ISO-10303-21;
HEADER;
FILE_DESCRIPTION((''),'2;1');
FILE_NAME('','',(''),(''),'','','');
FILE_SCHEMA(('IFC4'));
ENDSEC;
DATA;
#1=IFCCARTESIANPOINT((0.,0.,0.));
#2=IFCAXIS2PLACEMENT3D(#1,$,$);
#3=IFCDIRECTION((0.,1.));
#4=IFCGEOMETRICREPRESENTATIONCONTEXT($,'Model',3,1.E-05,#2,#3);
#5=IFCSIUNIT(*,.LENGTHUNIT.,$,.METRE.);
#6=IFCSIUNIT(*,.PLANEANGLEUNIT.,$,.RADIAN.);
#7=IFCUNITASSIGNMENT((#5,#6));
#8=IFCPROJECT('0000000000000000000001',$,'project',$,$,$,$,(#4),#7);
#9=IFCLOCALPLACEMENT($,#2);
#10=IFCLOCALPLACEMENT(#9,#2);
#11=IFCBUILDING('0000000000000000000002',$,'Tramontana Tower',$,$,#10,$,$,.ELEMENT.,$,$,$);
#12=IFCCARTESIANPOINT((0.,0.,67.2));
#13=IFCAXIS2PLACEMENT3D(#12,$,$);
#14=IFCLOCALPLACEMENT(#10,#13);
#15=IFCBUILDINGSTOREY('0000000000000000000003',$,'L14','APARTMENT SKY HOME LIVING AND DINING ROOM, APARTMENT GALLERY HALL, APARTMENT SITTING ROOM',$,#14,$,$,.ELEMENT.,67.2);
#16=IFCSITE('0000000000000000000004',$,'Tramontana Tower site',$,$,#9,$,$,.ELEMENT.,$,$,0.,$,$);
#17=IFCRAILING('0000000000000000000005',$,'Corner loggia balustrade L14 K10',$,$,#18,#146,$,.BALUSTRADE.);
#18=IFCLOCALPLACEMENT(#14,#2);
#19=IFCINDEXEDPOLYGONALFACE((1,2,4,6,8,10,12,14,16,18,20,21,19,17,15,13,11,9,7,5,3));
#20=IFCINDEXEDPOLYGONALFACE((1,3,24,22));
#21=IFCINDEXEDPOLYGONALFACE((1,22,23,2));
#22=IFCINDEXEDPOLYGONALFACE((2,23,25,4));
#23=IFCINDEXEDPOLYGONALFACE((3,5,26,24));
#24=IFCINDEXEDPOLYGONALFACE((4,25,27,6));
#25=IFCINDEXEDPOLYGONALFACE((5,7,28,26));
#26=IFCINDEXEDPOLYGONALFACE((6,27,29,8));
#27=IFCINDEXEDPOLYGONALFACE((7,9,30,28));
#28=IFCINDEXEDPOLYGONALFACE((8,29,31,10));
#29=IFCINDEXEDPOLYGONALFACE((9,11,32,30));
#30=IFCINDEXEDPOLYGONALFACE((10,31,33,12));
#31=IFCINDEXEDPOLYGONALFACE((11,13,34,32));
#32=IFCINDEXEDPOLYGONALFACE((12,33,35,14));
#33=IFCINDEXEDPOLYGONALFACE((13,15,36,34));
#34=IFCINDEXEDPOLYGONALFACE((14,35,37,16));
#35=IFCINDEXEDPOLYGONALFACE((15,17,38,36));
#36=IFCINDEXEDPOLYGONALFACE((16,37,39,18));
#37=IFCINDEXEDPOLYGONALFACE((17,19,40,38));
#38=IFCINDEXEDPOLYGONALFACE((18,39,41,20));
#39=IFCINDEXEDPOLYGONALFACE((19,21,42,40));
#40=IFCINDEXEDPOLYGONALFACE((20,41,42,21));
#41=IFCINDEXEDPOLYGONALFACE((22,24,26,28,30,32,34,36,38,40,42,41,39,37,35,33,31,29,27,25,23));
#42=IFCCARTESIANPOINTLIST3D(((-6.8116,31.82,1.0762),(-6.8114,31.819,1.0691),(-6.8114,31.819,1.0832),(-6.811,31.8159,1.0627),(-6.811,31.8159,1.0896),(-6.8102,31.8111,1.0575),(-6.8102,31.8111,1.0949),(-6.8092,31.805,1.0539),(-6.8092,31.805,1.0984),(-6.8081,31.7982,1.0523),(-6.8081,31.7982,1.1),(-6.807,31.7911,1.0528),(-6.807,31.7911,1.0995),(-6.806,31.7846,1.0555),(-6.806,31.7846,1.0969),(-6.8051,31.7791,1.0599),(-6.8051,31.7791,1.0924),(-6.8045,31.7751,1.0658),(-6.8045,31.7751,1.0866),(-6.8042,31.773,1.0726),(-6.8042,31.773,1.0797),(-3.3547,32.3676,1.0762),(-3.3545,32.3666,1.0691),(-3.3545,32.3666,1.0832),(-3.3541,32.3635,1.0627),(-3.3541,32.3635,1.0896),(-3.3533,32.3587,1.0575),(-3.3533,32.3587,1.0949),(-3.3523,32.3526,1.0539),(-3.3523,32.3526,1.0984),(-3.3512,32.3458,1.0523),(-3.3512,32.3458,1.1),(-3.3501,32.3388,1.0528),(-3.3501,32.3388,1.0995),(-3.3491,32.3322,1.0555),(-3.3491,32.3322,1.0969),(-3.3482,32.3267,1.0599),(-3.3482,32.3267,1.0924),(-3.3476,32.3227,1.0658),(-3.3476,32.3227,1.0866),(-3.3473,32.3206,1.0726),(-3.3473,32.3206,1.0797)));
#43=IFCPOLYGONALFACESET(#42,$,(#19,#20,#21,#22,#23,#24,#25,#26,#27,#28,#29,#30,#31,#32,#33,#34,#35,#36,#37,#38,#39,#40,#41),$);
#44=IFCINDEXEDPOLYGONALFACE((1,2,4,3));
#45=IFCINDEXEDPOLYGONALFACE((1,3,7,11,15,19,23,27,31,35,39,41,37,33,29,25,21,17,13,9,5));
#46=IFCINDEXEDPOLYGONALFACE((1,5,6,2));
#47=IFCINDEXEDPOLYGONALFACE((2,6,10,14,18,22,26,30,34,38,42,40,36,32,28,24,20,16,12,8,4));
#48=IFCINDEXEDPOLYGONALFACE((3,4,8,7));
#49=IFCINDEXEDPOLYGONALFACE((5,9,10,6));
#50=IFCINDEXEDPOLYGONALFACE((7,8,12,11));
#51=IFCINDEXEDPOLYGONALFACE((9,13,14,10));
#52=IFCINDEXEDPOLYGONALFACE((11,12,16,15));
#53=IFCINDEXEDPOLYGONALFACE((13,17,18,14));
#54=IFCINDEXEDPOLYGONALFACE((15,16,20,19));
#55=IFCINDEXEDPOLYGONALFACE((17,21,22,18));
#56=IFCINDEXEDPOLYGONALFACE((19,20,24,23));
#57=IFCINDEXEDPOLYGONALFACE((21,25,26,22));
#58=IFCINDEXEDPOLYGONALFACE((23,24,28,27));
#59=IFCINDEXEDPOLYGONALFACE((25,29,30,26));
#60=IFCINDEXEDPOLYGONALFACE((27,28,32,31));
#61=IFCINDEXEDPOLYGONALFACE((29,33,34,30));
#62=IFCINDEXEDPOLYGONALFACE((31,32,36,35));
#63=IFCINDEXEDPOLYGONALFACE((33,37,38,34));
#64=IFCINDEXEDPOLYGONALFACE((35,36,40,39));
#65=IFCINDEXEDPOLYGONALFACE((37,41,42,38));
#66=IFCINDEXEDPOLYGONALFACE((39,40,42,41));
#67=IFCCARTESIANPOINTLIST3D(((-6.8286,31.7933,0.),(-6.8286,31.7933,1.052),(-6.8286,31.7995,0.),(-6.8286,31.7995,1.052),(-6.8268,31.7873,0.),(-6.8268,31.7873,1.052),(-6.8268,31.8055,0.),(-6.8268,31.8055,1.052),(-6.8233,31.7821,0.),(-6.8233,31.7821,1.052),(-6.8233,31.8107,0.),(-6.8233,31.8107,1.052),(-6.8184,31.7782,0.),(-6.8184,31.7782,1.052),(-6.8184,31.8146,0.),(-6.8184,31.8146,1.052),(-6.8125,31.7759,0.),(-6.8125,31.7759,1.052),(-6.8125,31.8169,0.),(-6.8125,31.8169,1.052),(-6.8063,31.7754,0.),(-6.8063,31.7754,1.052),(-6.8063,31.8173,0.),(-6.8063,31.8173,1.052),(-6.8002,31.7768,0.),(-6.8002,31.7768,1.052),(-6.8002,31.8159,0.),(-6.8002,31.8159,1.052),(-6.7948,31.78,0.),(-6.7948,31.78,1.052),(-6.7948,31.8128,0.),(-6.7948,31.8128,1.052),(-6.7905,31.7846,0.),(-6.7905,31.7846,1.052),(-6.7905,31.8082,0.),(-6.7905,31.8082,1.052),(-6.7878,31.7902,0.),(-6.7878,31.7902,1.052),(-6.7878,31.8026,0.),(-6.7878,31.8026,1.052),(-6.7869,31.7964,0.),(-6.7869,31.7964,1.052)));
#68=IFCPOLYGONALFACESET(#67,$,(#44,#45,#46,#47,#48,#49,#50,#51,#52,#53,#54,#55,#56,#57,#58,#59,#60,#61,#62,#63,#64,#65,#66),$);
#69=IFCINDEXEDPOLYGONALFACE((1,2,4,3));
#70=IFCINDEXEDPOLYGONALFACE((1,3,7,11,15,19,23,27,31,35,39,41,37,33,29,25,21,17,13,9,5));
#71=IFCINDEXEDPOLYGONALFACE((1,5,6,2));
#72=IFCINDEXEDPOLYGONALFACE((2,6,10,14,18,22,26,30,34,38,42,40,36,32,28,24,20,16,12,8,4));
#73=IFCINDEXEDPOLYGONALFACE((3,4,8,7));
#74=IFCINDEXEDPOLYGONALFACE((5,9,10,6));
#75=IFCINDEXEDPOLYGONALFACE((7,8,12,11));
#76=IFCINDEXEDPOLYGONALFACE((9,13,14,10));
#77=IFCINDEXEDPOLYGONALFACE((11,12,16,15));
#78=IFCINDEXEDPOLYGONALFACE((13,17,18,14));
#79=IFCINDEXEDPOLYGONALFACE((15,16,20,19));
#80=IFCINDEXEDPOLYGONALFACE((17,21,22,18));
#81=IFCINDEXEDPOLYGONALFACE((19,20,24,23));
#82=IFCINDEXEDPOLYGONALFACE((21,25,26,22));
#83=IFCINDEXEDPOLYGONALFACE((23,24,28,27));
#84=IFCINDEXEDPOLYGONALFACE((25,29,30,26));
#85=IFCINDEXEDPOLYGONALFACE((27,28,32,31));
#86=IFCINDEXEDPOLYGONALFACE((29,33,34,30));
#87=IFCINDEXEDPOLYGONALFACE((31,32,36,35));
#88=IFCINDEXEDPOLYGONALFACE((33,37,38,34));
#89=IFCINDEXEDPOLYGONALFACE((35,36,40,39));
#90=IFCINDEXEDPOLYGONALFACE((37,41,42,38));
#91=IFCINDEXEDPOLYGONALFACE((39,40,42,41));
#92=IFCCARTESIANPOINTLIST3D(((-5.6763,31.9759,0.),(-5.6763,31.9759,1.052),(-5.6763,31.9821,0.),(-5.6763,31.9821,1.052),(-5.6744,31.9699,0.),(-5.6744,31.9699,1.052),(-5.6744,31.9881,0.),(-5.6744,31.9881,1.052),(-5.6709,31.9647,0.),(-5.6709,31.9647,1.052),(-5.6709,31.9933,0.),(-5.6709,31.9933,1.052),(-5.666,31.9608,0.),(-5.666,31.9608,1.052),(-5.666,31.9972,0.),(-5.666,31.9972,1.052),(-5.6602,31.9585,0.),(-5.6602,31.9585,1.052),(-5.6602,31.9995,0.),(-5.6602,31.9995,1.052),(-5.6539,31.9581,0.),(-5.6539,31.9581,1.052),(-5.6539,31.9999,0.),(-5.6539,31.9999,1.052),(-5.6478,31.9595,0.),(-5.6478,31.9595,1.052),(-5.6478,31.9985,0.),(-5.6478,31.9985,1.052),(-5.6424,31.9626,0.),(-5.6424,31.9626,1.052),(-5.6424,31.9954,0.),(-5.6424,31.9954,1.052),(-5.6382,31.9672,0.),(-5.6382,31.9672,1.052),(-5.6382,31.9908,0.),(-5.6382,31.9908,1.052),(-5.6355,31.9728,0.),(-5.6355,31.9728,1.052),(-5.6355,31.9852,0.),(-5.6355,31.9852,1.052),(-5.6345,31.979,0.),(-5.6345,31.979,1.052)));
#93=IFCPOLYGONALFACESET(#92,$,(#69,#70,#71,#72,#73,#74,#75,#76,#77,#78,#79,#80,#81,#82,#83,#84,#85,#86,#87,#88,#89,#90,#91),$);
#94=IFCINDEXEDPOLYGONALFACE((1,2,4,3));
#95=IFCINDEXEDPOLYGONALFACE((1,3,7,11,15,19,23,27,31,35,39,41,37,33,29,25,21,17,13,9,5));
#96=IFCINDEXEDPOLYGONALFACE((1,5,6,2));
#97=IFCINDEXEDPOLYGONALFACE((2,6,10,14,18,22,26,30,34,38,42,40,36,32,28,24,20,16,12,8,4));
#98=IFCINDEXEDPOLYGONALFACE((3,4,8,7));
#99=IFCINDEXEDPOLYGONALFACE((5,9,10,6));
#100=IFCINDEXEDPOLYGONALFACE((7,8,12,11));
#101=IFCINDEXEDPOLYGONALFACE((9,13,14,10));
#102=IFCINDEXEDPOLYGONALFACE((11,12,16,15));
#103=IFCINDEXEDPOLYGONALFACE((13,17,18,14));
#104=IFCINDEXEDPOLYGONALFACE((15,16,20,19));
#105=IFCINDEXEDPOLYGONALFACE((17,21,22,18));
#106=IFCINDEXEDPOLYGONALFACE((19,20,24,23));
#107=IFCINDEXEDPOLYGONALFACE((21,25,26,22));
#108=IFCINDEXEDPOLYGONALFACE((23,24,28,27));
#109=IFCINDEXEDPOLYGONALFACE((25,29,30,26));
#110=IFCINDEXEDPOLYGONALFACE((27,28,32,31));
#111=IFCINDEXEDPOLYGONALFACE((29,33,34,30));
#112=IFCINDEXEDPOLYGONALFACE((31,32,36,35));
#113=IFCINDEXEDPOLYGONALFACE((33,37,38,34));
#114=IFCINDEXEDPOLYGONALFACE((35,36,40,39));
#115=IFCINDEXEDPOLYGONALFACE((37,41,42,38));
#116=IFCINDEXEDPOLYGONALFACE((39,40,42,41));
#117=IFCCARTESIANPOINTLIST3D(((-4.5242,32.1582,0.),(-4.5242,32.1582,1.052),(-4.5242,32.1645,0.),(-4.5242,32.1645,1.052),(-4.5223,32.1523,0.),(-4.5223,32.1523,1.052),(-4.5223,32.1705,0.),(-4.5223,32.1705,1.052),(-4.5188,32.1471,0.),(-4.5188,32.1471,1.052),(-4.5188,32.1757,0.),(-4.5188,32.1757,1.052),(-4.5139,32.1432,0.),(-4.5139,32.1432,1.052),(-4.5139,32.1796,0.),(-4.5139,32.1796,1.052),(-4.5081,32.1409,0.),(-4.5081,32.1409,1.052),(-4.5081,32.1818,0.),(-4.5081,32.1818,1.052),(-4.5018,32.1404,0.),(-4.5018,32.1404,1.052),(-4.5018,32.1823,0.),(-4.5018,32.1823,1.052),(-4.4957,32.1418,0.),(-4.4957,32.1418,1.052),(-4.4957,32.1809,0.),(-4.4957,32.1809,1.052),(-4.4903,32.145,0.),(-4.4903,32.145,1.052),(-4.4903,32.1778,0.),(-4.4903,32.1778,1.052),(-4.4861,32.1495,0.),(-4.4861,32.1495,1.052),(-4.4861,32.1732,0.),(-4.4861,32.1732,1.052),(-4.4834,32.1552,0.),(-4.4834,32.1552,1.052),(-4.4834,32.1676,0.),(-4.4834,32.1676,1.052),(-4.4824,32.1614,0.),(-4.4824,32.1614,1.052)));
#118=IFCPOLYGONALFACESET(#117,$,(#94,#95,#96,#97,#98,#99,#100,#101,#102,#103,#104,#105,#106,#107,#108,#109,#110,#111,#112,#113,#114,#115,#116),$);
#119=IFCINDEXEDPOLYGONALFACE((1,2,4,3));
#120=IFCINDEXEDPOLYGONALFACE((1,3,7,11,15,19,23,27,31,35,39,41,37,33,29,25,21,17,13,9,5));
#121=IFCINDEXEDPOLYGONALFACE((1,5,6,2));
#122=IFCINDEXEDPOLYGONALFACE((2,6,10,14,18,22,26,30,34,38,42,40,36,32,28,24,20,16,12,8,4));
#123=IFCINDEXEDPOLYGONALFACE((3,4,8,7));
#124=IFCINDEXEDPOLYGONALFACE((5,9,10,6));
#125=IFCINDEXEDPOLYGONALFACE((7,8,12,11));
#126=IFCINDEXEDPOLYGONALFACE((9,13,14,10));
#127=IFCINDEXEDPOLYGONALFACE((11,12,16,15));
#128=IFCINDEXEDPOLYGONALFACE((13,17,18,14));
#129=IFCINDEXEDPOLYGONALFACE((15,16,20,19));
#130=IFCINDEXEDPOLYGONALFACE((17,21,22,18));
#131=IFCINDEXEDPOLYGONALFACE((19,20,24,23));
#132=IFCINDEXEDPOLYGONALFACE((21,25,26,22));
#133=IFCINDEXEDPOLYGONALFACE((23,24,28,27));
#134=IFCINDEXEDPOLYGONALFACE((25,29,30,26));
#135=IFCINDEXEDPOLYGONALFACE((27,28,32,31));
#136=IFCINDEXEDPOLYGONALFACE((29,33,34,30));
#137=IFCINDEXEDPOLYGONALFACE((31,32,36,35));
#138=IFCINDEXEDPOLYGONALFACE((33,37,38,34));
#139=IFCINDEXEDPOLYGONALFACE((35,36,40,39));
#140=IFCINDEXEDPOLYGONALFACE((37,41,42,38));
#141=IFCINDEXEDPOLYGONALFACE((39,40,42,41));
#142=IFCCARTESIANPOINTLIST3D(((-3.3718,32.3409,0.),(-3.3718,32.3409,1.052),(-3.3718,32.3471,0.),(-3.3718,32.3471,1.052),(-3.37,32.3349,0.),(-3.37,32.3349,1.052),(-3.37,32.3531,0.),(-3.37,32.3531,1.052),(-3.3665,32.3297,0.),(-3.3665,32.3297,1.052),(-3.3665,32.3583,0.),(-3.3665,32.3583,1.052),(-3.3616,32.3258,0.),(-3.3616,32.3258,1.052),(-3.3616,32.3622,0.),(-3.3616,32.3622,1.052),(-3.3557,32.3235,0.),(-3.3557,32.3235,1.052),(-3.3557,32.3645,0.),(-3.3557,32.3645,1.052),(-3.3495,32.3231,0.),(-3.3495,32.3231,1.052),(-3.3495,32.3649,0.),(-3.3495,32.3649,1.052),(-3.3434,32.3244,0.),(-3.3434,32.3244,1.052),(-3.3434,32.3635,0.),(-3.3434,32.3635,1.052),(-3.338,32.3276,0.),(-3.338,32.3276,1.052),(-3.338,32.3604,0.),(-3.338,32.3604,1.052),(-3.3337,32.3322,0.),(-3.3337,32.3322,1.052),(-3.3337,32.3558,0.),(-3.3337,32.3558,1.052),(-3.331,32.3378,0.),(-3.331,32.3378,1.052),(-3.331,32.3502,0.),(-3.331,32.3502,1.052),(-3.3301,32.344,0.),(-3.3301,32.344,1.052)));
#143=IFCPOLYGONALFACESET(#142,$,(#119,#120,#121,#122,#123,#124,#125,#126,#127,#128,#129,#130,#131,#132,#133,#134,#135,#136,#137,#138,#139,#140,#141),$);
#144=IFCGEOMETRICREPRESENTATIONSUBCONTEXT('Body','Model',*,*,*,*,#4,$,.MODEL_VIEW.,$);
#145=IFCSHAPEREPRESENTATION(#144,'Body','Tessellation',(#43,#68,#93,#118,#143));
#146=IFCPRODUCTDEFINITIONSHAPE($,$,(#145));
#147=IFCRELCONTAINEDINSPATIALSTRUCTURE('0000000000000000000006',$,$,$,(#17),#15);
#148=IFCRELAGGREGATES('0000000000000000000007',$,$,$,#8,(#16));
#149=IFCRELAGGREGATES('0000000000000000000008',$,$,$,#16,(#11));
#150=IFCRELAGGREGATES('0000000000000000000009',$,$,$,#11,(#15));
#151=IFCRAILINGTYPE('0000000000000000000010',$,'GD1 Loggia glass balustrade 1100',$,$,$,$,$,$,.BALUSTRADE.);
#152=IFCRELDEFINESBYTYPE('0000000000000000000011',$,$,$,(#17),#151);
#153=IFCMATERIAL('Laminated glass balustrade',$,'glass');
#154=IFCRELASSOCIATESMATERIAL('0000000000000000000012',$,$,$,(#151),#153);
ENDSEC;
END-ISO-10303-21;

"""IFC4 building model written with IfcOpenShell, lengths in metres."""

from ifc_helpers import new_model, si_unit, direction, frame, origin, origin_2d, place, context, subcontext, project, spatial, circle, extrude, material, type_object, element, save


model = new_model("IFC4")

# Units and contexts
model_context = context("Model", 3, precision=1e-05, world=origin(), true_north=direction((0.0, 1.0)))
body_context = subcontext(model_context, "Body", "Model", "MODEL_VIEW")
ifc_project = project(units=[si_unit("LENGTHUNIT", "METRE"), si_unit("PLANEANGLEUNIT", "RADIAN")], contexts=[model_context])

# Site, building, storey
site_placement = place(None, origin())
site = spatial("IfcSite", under=ifc_project, at=site_placement, Name="Tramontana Tower site", CompositionType="ELEMENT", RefElevation=0.0)
building_placement = place(site_placement, origin())
building = spatial("IfcBuilding", under=site, at=building_placement, Name="Tramontana Tower", CompositionType="ELEMENT")
storey_placement = place(building_placement, frame((0.0, 0.0, 67.2)))
storey = spatial("IfcBuildingStorey", under=building, at=storey_placement, Name="L14", Description="APARTMENT SKY HOME LIVING AND DINING ROOM, APARTMENT GALLERY HALL, APARTMENT SITTING ROOM", CompositionType="ELEMENT", Elevation=67.2)

# Railing
ifc_material_1 = material(Name="Laminated glass balustrade", Category="glass")
railing_type = type_object("IfcRailingType", Name="GD1 Loggia glass balustrade 1100", PredefinedType="BALUSTRADE", material=ifc_material_1)
railing_placement = place(storey_placement, frame((-6.8079, 31.7964, 0.0)))
element("IfcRailing", 1, at=railing_placement, inside=storey, type_object=railing_type, Name="Corner loggia balustrade L14 K10", PredefinedType="BALUSTRADE", context=body_context, shape_type="SweptSolid", body=[
    extrude(circle(Radius=0.0239, at=origin_2d()), frame((0.0, 0.0, 1.0762), z_axis=(0.987684, 0.156464, 0.0), x_axis=(-0.156464, 0.987684, 0.0)), (0.0, 0.0, 1.0), 3.5),
    extrude(circle(Radius=0.021, at=origin_2d()), origin(), (0.0, 0.0, 1.0), 1.052),
    extrude(circle(Radius=0.021, at=origin_2d()), frame((1.1523, 0.1826, 0.0)), (0.0, 0.0, 1.0), 1.052),
    extrude(circle(Radius=0.021, at=origin_2d()), frame((2.3044, 0.365, 0.0)), (0.0, 0.0, 1.0), 1.052),
    extrude(circle(Radius=0.021, at=origin_2d()), frame((3.4568, 0.5476, 0.0)), (0.0, 0.0, 1.0), 1.052),
])

save(model, "model.ifc")
